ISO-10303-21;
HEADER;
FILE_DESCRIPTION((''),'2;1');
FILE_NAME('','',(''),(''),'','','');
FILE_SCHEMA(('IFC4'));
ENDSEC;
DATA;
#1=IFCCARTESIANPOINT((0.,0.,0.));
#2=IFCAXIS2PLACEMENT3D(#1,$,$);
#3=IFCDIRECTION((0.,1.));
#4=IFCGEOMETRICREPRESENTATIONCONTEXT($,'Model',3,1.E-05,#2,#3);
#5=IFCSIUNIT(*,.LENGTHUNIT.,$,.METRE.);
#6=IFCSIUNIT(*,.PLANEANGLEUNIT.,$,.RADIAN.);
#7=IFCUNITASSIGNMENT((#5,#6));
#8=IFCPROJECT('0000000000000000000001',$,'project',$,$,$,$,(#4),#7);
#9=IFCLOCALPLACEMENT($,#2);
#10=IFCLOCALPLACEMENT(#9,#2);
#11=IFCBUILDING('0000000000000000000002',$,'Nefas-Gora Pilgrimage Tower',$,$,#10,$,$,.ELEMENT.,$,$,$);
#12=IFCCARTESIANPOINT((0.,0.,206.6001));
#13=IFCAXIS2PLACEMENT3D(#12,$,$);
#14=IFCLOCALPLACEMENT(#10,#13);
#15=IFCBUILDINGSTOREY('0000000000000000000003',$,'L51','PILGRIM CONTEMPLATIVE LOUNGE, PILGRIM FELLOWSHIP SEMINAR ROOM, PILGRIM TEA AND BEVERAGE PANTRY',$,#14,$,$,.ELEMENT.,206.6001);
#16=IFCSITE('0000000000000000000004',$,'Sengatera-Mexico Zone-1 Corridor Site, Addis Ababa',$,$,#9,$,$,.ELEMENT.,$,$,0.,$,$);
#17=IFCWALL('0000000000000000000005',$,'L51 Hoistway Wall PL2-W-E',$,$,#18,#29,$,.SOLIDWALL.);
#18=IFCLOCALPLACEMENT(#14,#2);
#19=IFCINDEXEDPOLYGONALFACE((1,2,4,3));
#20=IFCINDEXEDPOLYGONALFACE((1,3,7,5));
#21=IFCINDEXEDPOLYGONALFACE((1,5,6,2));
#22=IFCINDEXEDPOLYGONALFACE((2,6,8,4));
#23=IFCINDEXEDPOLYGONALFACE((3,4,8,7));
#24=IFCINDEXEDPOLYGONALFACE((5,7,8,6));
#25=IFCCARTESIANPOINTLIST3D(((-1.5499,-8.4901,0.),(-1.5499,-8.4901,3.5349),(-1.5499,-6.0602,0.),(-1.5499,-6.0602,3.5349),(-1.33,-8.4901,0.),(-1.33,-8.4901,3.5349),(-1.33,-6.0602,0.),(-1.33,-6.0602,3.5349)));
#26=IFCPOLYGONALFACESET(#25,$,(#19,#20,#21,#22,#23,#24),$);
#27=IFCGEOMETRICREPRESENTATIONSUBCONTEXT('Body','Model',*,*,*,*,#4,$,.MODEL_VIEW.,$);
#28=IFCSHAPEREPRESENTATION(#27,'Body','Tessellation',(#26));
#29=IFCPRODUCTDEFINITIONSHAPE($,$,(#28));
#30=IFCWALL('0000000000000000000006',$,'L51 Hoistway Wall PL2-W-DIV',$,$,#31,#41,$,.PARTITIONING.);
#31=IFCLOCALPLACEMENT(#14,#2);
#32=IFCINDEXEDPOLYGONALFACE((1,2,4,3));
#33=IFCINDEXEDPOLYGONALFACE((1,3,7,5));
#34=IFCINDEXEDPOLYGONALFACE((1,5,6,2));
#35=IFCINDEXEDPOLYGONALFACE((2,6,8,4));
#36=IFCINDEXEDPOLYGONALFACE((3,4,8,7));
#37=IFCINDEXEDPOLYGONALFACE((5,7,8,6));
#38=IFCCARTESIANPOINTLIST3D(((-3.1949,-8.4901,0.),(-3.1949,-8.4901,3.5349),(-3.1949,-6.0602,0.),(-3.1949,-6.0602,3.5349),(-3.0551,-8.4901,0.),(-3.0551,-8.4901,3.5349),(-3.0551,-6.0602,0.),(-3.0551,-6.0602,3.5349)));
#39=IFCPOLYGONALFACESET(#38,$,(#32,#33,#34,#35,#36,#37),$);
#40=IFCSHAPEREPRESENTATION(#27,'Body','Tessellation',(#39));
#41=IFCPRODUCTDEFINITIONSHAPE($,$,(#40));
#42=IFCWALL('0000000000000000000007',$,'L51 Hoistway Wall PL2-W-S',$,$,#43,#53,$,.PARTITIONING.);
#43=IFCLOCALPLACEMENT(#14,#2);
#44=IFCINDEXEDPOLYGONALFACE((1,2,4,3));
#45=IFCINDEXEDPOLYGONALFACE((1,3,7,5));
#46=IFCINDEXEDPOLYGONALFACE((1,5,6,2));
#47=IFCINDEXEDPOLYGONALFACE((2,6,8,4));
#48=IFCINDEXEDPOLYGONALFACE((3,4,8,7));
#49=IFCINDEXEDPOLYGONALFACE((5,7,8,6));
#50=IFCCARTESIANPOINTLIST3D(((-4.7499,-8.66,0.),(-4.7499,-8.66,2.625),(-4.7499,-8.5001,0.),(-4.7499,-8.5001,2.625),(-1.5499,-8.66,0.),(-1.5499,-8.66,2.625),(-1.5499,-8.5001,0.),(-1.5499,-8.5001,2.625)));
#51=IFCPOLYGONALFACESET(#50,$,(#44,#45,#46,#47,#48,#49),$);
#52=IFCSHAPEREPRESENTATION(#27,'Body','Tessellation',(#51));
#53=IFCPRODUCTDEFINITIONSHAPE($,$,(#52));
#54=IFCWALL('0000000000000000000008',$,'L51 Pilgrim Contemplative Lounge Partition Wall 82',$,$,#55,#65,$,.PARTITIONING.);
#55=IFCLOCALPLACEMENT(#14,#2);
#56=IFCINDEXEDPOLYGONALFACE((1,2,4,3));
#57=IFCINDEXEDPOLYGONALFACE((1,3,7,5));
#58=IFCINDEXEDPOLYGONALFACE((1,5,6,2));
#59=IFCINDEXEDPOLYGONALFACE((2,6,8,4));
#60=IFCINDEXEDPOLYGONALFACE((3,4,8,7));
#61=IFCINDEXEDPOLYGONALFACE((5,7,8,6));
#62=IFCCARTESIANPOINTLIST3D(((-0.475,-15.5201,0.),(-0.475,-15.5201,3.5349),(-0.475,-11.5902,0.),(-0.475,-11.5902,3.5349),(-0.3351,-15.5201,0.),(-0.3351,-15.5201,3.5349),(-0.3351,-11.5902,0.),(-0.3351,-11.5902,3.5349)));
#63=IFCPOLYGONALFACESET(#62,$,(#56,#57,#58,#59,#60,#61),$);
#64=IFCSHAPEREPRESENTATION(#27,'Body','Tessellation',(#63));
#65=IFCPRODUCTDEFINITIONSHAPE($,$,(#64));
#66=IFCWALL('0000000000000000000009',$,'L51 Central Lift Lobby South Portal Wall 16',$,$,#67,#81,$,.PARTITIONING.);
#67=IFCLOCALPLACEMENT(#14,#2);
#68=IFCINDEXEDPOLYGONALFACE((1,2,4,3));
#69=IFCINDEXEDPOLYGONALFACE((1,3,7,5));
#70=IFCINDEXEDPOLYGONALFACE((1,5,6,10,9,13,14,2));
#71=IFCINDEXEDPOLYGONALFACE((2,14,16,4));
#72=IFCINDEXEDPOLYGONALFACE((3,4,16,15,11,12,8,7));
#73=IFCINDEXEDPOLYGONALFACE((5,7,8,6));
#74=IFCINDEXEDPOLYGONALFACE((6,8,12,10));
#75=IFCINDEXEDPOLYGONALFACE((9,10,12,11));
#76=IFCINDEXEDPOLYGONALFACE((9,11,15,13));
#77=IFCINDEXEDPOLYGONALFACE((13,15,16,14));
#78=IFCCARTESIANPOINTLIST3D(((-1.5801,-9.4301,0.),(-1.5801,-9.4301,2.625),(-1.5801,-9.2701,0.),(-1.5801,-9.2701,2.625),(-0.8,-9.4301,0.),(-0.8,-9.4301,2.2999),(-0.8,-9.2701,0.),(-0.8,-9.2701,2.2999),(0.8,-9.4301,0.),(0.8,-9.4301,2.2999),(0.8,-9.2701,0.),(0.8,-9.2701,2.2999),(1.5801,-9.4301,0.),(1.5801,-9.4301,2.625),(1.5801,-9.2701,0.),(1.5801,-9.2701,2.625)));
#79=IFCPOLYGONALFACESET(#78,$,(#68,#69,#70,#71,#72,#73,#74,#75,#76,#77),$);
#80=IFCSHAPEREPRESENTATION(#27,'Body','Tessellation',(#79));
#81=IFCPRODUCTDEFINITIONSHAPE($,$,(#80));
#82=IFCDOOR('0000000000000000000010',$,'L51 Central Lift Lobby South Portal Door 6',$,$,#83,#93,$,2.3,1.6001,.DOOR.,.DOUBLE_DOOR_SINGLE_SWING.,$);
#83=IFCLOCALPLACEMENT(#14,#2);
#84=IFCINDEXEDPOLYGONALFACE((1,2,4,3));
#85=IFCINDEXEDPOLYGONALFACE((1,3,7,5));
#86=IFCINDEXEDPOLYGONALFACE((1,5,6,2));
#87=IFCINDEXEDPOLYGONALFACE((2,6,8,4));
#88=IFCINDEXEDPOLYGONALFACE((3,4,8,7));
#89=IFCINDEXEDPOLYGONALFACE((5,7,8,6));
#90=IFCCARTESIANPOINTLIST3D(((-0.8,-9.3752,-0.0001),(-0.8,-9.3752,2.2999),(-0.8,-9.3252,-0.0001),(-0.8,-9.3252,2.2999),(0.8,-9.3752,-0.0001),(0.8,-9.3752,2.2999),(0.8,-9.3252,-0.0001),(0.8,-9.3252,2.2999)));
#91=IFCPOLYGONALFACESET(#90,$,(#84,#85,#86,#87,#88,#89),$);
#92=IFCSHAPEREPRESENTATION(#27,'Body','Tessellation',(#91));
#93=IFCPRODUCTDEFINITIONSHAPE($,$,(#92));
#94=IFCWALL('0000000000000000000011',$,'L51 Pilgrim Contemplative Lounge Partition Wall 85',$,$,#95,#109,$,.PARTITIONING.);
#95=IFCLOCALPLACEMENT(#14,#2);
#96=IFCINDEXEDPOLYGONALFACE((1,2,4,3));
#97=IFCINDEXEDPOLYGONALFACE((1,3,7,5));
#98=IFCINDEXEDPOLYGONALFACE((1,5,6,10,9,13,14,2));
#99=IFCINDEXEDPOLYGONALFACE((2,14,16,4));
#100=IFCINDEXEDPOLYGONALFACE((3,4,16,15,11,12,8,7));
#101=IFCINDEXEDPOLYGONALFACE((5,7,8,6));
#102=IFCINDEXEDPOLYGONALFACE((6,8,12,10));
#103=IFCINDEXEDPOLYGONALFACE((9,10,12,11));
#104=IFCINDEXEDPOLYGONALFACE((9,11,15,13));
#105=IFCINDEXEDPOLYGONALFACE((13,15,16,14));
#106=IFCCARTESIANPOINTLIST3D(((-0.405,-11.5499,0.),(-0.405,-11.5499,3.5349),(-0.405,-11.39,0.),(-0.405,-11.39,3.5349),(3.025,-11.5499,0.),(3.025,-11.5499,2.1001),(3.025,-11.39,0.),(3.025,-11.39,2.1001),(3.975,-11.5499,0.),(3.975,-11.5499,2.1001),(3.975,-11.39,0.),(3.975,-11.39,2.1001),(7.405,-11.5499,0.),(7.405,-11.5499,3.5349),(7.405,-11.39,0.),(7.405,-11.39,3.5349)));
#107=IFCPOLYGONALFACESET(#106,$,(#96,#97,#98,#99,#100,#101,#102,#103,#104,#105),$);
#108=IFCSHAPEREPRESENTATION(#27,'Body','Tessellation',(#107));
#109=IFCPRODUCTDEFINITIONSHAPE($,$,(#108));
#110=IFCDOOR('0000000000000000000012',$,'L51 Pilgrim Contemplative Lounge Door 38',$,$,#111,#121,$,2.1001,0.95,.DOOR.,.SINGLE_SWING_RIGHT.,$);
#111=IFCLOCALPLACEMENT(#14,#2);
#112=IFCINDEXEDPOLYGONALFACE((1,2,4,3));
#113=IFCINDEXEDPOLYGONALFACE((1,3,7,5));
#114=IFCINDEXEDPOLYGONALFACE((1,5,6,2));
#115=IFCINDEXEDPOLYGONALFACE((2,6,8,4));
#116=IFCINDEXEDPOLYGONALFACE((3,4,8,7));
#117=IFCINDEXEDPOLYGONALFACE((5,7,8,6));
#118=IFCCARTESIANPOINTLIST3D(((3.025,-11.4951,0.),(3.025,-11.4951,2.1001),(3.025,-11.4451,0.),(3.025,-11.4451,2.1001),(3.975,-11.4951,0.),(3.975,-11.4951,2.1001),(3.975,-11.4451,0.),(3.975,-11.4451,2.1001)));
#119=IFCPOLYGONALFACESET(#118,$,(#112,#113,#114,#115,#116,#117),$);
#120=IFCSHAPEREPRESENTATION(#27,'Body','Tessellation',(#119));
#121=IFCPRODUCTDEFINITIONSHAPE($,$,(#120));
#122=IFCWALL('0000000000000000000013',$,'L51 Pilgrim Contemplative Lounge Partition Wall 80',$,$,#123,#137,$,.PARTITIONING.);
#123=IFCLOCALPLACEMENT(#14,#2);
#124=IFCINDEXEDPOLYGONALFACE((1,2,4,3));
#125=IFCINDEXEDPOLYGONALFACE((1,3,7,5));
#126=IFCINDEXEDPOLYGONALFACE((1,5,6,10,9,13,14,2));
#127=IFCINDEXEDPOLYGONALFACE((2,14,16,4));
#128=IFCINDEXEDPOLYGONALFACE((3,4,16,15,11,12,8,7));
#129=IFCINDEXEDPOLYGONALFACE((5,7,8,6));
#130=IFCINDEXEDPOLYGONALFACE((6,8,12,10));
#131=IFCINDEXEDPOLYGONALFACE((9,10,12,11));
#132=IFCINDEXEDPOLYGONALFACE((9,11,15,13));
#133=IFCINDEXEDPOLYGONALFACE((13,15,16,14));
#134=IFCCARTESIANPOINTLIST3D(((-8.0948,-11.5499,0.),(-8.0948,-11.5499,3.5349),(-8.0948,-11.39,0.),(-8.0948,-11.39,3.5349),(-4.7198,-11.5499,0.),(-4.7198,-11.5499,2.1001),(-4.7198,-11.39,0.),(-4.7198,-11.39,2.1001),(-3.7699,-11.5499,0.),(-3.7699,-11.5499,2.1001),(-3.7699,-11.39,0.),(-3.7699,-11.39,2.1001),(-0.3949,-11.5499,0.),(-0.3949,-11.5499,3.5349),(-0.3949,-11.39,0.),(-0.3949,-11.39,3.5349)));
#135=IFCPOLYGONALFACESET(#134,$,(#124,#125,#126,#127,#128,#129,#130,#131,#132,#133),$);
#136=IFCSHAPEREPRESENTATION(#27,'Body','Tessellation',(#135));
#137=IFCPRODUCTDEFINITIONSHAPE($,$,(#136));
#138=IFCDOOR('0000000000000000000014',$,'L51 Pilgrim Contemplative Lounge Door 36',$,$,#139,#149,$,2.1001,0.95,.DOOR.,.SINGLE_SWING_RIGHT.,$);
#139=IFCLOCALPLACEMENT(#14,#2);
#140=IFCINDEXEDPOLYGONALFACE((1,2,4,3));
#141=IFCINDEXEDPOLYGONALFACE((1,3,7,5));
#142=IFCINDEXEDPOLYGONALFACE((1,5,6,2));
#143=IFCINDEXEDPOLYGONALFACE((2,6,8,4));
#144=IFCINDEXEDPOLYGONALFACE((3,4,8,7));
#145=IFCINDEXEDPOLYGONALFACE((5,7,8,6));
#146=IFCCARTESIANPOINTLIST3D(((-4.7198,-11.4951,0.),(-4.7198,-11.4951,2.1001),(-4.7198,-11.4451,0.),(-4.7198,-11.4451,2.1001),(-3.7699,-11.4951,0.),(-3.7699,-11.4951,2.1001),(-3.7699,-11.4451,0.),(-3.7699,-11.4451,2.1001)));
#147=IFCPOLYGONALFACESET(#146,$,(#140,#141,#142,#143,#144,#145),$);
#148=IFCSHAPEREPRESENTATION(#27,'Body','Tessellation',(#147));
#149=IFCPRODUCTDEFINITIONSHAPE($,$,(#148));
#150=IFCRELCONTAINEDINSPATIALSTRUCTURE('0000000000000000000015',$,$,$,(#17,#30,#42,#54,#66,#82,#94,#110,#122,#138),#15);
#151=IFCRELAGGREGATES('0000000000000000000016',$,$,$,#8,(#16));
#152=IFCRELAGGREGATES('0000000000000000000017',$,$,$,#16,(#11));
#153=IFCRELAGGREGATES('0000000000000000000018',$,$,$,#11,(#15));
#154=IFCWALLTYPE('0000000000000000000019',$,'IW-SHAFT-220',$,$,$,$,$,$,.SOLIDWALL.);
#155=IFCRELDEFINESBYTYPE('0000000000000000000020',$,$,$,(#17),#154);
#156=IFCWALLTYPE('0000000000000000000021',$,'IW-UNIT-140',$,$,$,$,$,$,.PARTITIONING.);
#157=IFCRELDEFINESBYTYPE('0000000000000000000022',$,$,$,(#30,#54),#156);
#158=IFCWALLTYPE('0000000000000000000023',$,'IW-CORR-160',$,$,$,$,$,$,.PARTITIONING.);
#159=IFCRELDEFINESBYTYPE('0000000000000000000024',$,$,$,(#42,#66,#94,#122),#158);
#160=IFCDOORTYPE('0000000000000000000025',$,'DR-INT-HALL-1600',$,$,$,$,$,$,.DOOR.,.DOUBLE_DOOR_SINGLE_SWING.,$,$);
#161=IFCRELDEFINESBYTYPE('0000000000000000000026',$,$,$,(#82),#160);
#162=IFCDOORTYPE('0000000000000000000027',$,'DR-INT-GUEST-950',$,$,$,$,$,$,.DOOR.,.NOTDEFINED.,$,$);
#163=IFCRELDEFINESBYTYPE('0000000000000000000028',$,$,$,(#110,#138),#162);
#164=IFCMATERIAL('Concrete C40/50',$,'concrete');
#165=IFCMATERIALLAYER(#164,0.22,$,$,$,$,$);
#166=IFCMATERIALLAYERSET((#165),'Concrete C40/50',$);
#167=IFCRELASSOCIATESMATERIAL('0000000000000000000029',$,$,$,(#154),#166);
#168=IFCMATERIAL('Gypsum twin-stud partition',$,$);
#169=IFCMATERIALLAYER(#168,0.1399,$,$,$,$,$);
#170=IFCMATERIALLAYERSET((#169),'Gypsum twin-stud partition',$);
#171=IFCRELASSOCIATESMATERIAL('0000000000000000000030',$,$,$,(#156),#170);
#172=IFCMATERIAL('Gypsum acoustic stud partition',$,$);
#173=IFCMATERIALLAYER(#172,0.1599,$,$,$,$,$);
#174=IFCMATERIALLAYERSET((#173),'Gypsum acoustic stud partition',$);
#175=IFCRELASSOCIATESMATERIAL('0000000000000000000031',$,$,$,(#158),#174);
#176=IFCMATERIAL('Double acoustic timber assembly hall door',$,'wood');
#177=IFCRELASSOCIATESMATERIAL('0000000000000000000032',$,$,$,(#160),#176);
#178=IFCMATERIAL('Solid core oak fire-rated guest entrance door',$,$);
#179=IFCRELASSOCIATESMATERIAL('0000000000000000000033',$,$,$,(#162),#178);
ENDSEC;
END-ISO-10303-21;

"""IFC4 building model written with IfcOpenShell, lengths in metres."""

from ifc_helpers import new_model, si_unit, direction, frame, frame_2d, origin, place, context, subcontext, project, spatial, rectangle, extrude, source, transform, mapped, material, layer, layer_set, type_object, element, fill, save


model = new_model("IFC4")

# Units and contexts
model_context = context("Model", 3, precision=1e-05, world=origin(), true_north=direction((0.0, 1.0)))
body_context = subcontext(model_context, "Body", "Model", "MODEL_VIEW")
ifc_project = project(units=[si_unit("LENGTHUNIT", "METRE"), si_unit("PLANEANGLEUNIT", "RADIAN")], contexts=[model_context])

# Site, building, storey
site_placement = place(None, origin())
site = spatial("IfcSite", under=ifc_project, at=site_placement, Name="Sengatera-Mexico Zone-1 Corridor Site, Addis Ababa", CompositionType="ELEMENT", RefElevation=0.0)
building_placement = place(site_placement, origin())
building = spatial("IfcBuilding", under=site, at=building_placement, Name="Nefas-Gora Pilgrimage Tower", CompositionType="ELEMENT")
storey_placement = place(building_placement, frame((0.0, 0.0, 206.6001)))
storey = spatial("IfcBuildingStorey", under=building, at=storey_placement, Name="L51", Description="PILGRIM CONTEMPLATIVE LOUNGE, PILGRIM FELLOWSHIP SEMINAR ROOM, PILGRIM TEA AND BEVERAGE PANTRY", CompositionType="ELEMENT", Elevation=206.6001)

# Shared definitions
ifc_material_1 = material(Name="Concrete C40/50", Category="concrete")
ifc_layer_1 = layer(ifc_material_1, 0.22)
ifc_layer_set_1 = layer_set([ifc_layer_1], Name="Concrete C40/50")
wall_type_1 = type_object("IfcWallType", Name="IW-SHAFT-220", PredefinedType="SOLIDWALL", material=ifc_layer_set_1)

# Walls
shared_shape_1 = source(origin(), body_context, "Body", "SweptSolid", [
    extrude(rectangle(XDim=2.4299, YDim=0.22, at=frame_2d((1.2148, 0.0))), origin(), (0.0, 0.0, 1.0), 3.5349),
])
for number, where, z_axis, x_axis, name in (
    (1, (-1.4399, -8.49, 0.0), (0.0, 0.0, 1.0), (0.0, 1.0, 0.0), "L51 Hoistway Wall PL2-W-E"),
):
    element("IfcWall", number, at=place(storey_placement, frame(where, z_axis=z_axis, x_axis=x_axis)), inside=storey, type_object=wall_type_1, Name=name, PredefinedType="SOLIDWALL", context=body_context, shape_type="MappedRepresentation", body=[
        mapped(shared_shape_1, transform((0.0, 0.0, 0.0), x_axis=(1.0, 0.0, 0.0), y_axis=(0.0, 1.0, 0.0), z_axis=(0.0, 0.0, 1.0), scale=1.0)),
    ])
ifc_material_2 = material(Name="Gypsum twin-stud partition")
ifc_layer_2 = layer(ifc_material_2, 0.1399)
ifc_layer_set_2 = layer_set([ifc_layer_2], Name="Gypsum twin-stud partition")
wall_type_2 = type_object("IfcWallType", Name="IW-UNIT-140", PredefinedType="PARTITIONING", material=ifc_layer_set_2)
shared_shape_2 = source(origin(), body_context, "Body", "SweptSolid", [
    extrude(rectangle(XDim=2.4299, YDim=0.1399, at=frame_2d((1.2148, 0.0))), origin(), (0.0, 0.0, 1.0), 3.5349),
])
wall_1_placement = place(storey_placement, frame((-3.125, -8.49, 0.0), z_axis=(0.0, 0.0, 1.0), x_axis=(0.0, 1.0, 0.0)))
element("IfcWall", 2, at=wall_1_placement, inside=storey, type_object=wall_type_2, Name="L51 Hoistway Wall PL2-W-DIV", PredefinedType="PARTITIONING", context=body_context, shape_type="MappedRepresentation", body=[
    mapped(shared_shape_2, transform((0.0, 0.0, 0.0), x_axis=(1.0, 0.0, 0.0), y_axis=(0.0, 1.0, 0.0), z_axis=(0.0, 0.0, 1.0), scale=1.0)),
])
ifc_material_3 = material(Name="Gypsum acoustic stud partition")
ifc_layer_3 = layer(ifc_material_3, 0.1599)
ifc_layer_set_3 = layer_set([ifc_layer_3], Name="Gypsum acoustic stud partition")
wall_type_3 = type_object("IfcWallType", Name="IW-CORR-160", PredefinedType="PARTITIONING", material=ifc_layer_set_3)
shared_shape_3 = source(origin(), body_context, "Body", "SweptSolid", [
    extrude(rectangle(XDim=3.2, YDim=0.1599, at=frame_2d((1.6001, 0.0))), origin(), (0.0, 0.0, 1.0), 2.625),
])
wall_2_placement = place(storey_placement, frame((-4.75, -8.5801, 0.0), z_axis=(0.0, 0.0, 1.0), x_axis=(1.0, 0.0, 0.0)))
element("IfcWall", 3, at=wall_2_placement, inside=storey, type_object=wall_type_3, Name="L51 Hoistway Wall PL2-W-S", PredefinedType="PARTITIONING", context=body_context, shape_type="MappedRepresentation", body=[
    mapped(shared_shape_3, transform((0.0, 0.0, 0.0), x_axis=(1.0, 0.0, 0.0), y_axis=(0.0, 1.0, 0.0), z_axis=(0.0, 0.0, 1.0), scale=1.0)),
])
shared_shape_4 = source(origin(), body_context, "Body", "SweptSolid", [
    extrude(rectangle(XDim=3.9299, YDim=0.1399, at=frame_2d((1.9648, 0.0))), origin(), (0.0, 0.0, 1.0), 3.5349),
])
wall_3_placement = place(storey_placement, frame((-0.405, -15.52, 0.0), z_axis=(0.0, 0.0, 1.0), x_axis=(0.0, 1.0, 0.0)))
element("IfcWall", 4, at=wall_3_placement, inside=storey, type_object=wall_type_2, Name="L51 Pilgrim Contemplative Lounge Partition Wall 82", PredefinedType="PARTITIONING", context=body_context, shape_type="MappedRepresentation", body=[
    mapped(shared_shape_4, transform((0.0, 0.0, 0.0), x_axis=(1.0, 0.0, 0.0), y_axis=(0.0, 1.0, 0.0), z_axis=(0.0, 0.0, 1.0), scale=1.0)),
])

# Walls, openings, doors
shared_shape_5 = source(origin(), body_context, "Body", "SweptSolid", [
    extrude(rectangle(XDim=3.1602, YDim=0.1599, at=frame_2d((1.5801, 0.0))), origin(), (0.0, 0.0, 1.0), 2.625),
])
wall_4_placement = place(storey_placement, frame((-1.5801, -9.3501, 0.0), z_axis=(0.0, 0.0, 1.0), x_axis=(1.0, 0.0, 0.0)))
wall_4 = element("IfcWall", 5, at=wall_4_placement, inside=storey, type_object=wall_type_3, Name="L51 Central Lift Lobby South Portal Wall 16", PredefinedType="PARTITIONING", context=body_context, shape_type="MappedRepresentation", body=[
    mapped(shared_shape_5, transform((0.0, 0.0, 0.0), x_axis=(1.0, 0.0, 0.0), y_axis=(0.0, 1.0, 0.0), z_axis=(0.0, 0.0, 1.0), scale=1.0)),
])
opening_1_placement = place(wall_4_placement, frame((0.78, 0.0, 0.0)))
opening_1 = element("IfcOpeningElement", 6, at=opening_1_placement, cuts=wall_4, PredefinedType="OPENING", context=body_context, shape_type="SweptSolid", body=[
    extrude(rectangle(XDim=1.6001, YDim=2.3, at=frame_2d((0.8, 1.1499))), frame((0.0, 0.0898, 0.0), z_axis=(0.0, -1.0, 0.0), x_axis=(1.0, 0.0, 0.0)), (0.0, 0.0, 1.0), 0.1799),
])
ifc_material_4 = material(Name="Double acoustic timber assembly hall door", Category="wood")
door_type_1 = type_object("IfcDoorType", Name="DR-INT-HALL-1600", OperationType="DOUBLE_DOOR_SINGLE_SWING", PredefinedType="DOOR", material=ifc_material_4)
shared_shape_6 = source(origin(), body_context, "Body", "SweptSolid", [
    extrude(rectangle(XDim=1.6001, YDim=2.3, at=frame_2d((0.8, 1.1499))), frame((0.0, 0.0249, 0.0), z_axis=(0.0, -1.0, 0.0), x_axis=(1.0, 0.0, 0.0)), (0.0, 0.0, 1.0), 0.05),
])
door_1_placement = place(opening_1_placement, origin())
door_1 = element("IfcDoor", 7, at=door_1_placement, inside=storey, type_object=door_type_1, Name="L51 Central Lift Lobby South Portal Door 6", OperationType="DOUBLE_DOOR_SINGLE_SWING", OverallHeight=2.3, OverallWidth=1.6001, PredefinedType="DOOR", context=body_context, shape_type="MappedRepresentation", body=[
    mapped(shared_shape_6, transform((0.0, 0.0, 0.0), x_axis=(1.0, 0.0, 0.0), y_axis=(0.0, 1.0, 0.0), z_axis=(0.0, 0.0, 1.0), scale=1.0)),
])
fill(opening_1, door_1)
shared_shape_7 = source(origin(), body_context, "Body", "SweptSolid", [
    extrude(rectangle(XDim=7.8101, YDim=0.1599, at=frame_2d((3.905, 0.0))), origin(), (0.0, 0.0, 1.0), 3.5349),
])
wall_5_placement = place(storey_placement, frame((-0.405, -11.47, 0.0), z_axis=(0.0, 0.0, 1.0), x_axis=(1.0, 0.0, 0.0)))
wall_5 = element("IfcWall", 8, at=wall_5_placement, inside=storey, type_object=wall_type_3, Name="L51 Pilgrim Contemplative Lounge Partition Wall 85", PredefinedType="PARTITIONING", context=body_context, shape_type="MappedRepresentation", body=[
    mapped(shared_shape_7, transform((0.0, 0.0, 0.0), x_axis=(1.0, 0.0, 0.0), y_axis=(0.0, 1.0, 0.0), z_axis=(0.0, 0.0, 1.0), scale=1.0)),
])
opening_2_placement = place(wall_5_placement, frame((3.4299, 0.0, 0.0)))
opening_2 = element("IfcOpeningElement", 9, at=opening_2_placement, cuts=wall_5, PredefinedType="OPENING", context=body_context, shape_type="SweptSolid", body=[
    extrude(rectangle(XDim=0.95, YDim=2.1001, at=frame_2d((0.4751, 1.05))), frame((0.0, 0.0898, 0.0), z_axis=(0.0, -1.0, 0.0), x_axis=(1.0, 0.0, 0.0)), (0.0, 0.0, 1.0), 0.1799),
])
ifc_material_5 = material(Name="Solid core oak fire-rated guest entrance door")
door_type_2 = type_object("IfcDoorType", Name="DR-INT-GUEST-950", OperationType="NOTDEFINED", PredefinedType="DOOR", material=ifc_material_5)
shared_shape_8 = source(origin(), body_context, "Body", "SweptSolid", [
    extrude(rectangle(XDim=0.95, YDim=2.1001, at=frame_2d((0.4751, 1.05))), frame((0.0, 0.0249, 0.0), z_axis=(0.0, -1.0, 0.0), x_axis=(1.0, 0.0, 0.0)), (0.0, 0.0, 1.0), 0.05),
])
door_2_placement = place(opening_2_placement, origin())
door_2 = element("IfcDoor", 10, at=door_2_placement, inside=storey, type_object=door_type_2, Name="L51 Pilgrim Contemplative Lounge Door 38", OperationType="SINGLE_SWING_RIGHT", OverallHeight=2.1001, OverallWidth=0.95, PredefinedType="DOOR", context=body_context, shape_type="MappedRepresentation", body=[
    mapped(shared_shape_8, transform((0.0, 0.0, 0.0), x_axis=(1.0, 0.0, 0.0), y_axis=(0.0, 1.0, 0.0), z_axis=(0.0, 0.0, 1.0), scale=1.0)),
])
fill(opening_2, door_2)
shared_shape_9 = source(origin(), body_context, "Body", "SweptSolid", [
    extrude(rectangle(XDim=7.7, YDim=0.1599, at=frame_2d((3.8501, 0.0))), origin(), (0.0, 0.0, 1.0), 3.5349),
])
wall_6_placement = place(storey_placement, frame((-8.095, -11.47, 0.0), z_axis=(0.0, 0.0, 1.0), x_axis=(1.0, 0.0, 0.0)))
wall_6 = element("IfcWall", 11, at=wall_6_placement, inside=storey, type_object=wall_type_3, Name="L51 Pilgrim Contemplative Lounge Partition Wall 80", PredefinedType="PARTITIONING", context=body_context, shape_type="MappedRepresentation", body=[
    mapped(shared_shape_9, transform((0.0, 0.0, 0.0), x_axis=(1.0, 0.0, 0.0), y_axis=(0.0, 1.0, 0.0), z_axis=(0.0, 0.0, 1.0), scale=1.0)),
])
opening_3_placement = place(wall_6_placement, frame((3.375, 0.0, 0.0)))
opening_3 = element("IfcOpeningElement", 12, at=opening_3_placement, cuts=wall_6, PredefinedType="OPENING", context=body_context, shape_type="SweptSolid", body=[
    extrude(rectangle(XDim=0.95, YDim=2.1001, at=frame_2d((0.4751, 1.05))), frame((0.0, 0.0898, 0.0), z_axis=(0.0, -1.0, 0.0), x_axis=(1.0, 0.0, 0.0)), (0.0, 0.0, 1.0), 0.1799),
])
door_3_placement = place(opening_3_placement, origin())
door_3 = element("IfcDoor", 13, at=door_3_placement, inside=storey, type_object=door_type_2, Name="L51 Pilgrim Contemplative Lounge Door 36", OperationType="SINGLE_SWING_RIGHT", OverallHeight=2.1001, OverallWidth=0.95, PredefinedType="DOOR", context=body_context, shape_type="MappedRepresentation", body=[
    mapped(shared_shape_8, transform((0.0, 0.0, 0.0), x_axis=(1.0, 0.0, 0.0), y_axis=(0.0, 1.0, 0.0), z_axis=(0.0, 0.0, 1.0), scale=1.0)),
])
fill(opening_3, door_3)

save(model, "model.ifc")
